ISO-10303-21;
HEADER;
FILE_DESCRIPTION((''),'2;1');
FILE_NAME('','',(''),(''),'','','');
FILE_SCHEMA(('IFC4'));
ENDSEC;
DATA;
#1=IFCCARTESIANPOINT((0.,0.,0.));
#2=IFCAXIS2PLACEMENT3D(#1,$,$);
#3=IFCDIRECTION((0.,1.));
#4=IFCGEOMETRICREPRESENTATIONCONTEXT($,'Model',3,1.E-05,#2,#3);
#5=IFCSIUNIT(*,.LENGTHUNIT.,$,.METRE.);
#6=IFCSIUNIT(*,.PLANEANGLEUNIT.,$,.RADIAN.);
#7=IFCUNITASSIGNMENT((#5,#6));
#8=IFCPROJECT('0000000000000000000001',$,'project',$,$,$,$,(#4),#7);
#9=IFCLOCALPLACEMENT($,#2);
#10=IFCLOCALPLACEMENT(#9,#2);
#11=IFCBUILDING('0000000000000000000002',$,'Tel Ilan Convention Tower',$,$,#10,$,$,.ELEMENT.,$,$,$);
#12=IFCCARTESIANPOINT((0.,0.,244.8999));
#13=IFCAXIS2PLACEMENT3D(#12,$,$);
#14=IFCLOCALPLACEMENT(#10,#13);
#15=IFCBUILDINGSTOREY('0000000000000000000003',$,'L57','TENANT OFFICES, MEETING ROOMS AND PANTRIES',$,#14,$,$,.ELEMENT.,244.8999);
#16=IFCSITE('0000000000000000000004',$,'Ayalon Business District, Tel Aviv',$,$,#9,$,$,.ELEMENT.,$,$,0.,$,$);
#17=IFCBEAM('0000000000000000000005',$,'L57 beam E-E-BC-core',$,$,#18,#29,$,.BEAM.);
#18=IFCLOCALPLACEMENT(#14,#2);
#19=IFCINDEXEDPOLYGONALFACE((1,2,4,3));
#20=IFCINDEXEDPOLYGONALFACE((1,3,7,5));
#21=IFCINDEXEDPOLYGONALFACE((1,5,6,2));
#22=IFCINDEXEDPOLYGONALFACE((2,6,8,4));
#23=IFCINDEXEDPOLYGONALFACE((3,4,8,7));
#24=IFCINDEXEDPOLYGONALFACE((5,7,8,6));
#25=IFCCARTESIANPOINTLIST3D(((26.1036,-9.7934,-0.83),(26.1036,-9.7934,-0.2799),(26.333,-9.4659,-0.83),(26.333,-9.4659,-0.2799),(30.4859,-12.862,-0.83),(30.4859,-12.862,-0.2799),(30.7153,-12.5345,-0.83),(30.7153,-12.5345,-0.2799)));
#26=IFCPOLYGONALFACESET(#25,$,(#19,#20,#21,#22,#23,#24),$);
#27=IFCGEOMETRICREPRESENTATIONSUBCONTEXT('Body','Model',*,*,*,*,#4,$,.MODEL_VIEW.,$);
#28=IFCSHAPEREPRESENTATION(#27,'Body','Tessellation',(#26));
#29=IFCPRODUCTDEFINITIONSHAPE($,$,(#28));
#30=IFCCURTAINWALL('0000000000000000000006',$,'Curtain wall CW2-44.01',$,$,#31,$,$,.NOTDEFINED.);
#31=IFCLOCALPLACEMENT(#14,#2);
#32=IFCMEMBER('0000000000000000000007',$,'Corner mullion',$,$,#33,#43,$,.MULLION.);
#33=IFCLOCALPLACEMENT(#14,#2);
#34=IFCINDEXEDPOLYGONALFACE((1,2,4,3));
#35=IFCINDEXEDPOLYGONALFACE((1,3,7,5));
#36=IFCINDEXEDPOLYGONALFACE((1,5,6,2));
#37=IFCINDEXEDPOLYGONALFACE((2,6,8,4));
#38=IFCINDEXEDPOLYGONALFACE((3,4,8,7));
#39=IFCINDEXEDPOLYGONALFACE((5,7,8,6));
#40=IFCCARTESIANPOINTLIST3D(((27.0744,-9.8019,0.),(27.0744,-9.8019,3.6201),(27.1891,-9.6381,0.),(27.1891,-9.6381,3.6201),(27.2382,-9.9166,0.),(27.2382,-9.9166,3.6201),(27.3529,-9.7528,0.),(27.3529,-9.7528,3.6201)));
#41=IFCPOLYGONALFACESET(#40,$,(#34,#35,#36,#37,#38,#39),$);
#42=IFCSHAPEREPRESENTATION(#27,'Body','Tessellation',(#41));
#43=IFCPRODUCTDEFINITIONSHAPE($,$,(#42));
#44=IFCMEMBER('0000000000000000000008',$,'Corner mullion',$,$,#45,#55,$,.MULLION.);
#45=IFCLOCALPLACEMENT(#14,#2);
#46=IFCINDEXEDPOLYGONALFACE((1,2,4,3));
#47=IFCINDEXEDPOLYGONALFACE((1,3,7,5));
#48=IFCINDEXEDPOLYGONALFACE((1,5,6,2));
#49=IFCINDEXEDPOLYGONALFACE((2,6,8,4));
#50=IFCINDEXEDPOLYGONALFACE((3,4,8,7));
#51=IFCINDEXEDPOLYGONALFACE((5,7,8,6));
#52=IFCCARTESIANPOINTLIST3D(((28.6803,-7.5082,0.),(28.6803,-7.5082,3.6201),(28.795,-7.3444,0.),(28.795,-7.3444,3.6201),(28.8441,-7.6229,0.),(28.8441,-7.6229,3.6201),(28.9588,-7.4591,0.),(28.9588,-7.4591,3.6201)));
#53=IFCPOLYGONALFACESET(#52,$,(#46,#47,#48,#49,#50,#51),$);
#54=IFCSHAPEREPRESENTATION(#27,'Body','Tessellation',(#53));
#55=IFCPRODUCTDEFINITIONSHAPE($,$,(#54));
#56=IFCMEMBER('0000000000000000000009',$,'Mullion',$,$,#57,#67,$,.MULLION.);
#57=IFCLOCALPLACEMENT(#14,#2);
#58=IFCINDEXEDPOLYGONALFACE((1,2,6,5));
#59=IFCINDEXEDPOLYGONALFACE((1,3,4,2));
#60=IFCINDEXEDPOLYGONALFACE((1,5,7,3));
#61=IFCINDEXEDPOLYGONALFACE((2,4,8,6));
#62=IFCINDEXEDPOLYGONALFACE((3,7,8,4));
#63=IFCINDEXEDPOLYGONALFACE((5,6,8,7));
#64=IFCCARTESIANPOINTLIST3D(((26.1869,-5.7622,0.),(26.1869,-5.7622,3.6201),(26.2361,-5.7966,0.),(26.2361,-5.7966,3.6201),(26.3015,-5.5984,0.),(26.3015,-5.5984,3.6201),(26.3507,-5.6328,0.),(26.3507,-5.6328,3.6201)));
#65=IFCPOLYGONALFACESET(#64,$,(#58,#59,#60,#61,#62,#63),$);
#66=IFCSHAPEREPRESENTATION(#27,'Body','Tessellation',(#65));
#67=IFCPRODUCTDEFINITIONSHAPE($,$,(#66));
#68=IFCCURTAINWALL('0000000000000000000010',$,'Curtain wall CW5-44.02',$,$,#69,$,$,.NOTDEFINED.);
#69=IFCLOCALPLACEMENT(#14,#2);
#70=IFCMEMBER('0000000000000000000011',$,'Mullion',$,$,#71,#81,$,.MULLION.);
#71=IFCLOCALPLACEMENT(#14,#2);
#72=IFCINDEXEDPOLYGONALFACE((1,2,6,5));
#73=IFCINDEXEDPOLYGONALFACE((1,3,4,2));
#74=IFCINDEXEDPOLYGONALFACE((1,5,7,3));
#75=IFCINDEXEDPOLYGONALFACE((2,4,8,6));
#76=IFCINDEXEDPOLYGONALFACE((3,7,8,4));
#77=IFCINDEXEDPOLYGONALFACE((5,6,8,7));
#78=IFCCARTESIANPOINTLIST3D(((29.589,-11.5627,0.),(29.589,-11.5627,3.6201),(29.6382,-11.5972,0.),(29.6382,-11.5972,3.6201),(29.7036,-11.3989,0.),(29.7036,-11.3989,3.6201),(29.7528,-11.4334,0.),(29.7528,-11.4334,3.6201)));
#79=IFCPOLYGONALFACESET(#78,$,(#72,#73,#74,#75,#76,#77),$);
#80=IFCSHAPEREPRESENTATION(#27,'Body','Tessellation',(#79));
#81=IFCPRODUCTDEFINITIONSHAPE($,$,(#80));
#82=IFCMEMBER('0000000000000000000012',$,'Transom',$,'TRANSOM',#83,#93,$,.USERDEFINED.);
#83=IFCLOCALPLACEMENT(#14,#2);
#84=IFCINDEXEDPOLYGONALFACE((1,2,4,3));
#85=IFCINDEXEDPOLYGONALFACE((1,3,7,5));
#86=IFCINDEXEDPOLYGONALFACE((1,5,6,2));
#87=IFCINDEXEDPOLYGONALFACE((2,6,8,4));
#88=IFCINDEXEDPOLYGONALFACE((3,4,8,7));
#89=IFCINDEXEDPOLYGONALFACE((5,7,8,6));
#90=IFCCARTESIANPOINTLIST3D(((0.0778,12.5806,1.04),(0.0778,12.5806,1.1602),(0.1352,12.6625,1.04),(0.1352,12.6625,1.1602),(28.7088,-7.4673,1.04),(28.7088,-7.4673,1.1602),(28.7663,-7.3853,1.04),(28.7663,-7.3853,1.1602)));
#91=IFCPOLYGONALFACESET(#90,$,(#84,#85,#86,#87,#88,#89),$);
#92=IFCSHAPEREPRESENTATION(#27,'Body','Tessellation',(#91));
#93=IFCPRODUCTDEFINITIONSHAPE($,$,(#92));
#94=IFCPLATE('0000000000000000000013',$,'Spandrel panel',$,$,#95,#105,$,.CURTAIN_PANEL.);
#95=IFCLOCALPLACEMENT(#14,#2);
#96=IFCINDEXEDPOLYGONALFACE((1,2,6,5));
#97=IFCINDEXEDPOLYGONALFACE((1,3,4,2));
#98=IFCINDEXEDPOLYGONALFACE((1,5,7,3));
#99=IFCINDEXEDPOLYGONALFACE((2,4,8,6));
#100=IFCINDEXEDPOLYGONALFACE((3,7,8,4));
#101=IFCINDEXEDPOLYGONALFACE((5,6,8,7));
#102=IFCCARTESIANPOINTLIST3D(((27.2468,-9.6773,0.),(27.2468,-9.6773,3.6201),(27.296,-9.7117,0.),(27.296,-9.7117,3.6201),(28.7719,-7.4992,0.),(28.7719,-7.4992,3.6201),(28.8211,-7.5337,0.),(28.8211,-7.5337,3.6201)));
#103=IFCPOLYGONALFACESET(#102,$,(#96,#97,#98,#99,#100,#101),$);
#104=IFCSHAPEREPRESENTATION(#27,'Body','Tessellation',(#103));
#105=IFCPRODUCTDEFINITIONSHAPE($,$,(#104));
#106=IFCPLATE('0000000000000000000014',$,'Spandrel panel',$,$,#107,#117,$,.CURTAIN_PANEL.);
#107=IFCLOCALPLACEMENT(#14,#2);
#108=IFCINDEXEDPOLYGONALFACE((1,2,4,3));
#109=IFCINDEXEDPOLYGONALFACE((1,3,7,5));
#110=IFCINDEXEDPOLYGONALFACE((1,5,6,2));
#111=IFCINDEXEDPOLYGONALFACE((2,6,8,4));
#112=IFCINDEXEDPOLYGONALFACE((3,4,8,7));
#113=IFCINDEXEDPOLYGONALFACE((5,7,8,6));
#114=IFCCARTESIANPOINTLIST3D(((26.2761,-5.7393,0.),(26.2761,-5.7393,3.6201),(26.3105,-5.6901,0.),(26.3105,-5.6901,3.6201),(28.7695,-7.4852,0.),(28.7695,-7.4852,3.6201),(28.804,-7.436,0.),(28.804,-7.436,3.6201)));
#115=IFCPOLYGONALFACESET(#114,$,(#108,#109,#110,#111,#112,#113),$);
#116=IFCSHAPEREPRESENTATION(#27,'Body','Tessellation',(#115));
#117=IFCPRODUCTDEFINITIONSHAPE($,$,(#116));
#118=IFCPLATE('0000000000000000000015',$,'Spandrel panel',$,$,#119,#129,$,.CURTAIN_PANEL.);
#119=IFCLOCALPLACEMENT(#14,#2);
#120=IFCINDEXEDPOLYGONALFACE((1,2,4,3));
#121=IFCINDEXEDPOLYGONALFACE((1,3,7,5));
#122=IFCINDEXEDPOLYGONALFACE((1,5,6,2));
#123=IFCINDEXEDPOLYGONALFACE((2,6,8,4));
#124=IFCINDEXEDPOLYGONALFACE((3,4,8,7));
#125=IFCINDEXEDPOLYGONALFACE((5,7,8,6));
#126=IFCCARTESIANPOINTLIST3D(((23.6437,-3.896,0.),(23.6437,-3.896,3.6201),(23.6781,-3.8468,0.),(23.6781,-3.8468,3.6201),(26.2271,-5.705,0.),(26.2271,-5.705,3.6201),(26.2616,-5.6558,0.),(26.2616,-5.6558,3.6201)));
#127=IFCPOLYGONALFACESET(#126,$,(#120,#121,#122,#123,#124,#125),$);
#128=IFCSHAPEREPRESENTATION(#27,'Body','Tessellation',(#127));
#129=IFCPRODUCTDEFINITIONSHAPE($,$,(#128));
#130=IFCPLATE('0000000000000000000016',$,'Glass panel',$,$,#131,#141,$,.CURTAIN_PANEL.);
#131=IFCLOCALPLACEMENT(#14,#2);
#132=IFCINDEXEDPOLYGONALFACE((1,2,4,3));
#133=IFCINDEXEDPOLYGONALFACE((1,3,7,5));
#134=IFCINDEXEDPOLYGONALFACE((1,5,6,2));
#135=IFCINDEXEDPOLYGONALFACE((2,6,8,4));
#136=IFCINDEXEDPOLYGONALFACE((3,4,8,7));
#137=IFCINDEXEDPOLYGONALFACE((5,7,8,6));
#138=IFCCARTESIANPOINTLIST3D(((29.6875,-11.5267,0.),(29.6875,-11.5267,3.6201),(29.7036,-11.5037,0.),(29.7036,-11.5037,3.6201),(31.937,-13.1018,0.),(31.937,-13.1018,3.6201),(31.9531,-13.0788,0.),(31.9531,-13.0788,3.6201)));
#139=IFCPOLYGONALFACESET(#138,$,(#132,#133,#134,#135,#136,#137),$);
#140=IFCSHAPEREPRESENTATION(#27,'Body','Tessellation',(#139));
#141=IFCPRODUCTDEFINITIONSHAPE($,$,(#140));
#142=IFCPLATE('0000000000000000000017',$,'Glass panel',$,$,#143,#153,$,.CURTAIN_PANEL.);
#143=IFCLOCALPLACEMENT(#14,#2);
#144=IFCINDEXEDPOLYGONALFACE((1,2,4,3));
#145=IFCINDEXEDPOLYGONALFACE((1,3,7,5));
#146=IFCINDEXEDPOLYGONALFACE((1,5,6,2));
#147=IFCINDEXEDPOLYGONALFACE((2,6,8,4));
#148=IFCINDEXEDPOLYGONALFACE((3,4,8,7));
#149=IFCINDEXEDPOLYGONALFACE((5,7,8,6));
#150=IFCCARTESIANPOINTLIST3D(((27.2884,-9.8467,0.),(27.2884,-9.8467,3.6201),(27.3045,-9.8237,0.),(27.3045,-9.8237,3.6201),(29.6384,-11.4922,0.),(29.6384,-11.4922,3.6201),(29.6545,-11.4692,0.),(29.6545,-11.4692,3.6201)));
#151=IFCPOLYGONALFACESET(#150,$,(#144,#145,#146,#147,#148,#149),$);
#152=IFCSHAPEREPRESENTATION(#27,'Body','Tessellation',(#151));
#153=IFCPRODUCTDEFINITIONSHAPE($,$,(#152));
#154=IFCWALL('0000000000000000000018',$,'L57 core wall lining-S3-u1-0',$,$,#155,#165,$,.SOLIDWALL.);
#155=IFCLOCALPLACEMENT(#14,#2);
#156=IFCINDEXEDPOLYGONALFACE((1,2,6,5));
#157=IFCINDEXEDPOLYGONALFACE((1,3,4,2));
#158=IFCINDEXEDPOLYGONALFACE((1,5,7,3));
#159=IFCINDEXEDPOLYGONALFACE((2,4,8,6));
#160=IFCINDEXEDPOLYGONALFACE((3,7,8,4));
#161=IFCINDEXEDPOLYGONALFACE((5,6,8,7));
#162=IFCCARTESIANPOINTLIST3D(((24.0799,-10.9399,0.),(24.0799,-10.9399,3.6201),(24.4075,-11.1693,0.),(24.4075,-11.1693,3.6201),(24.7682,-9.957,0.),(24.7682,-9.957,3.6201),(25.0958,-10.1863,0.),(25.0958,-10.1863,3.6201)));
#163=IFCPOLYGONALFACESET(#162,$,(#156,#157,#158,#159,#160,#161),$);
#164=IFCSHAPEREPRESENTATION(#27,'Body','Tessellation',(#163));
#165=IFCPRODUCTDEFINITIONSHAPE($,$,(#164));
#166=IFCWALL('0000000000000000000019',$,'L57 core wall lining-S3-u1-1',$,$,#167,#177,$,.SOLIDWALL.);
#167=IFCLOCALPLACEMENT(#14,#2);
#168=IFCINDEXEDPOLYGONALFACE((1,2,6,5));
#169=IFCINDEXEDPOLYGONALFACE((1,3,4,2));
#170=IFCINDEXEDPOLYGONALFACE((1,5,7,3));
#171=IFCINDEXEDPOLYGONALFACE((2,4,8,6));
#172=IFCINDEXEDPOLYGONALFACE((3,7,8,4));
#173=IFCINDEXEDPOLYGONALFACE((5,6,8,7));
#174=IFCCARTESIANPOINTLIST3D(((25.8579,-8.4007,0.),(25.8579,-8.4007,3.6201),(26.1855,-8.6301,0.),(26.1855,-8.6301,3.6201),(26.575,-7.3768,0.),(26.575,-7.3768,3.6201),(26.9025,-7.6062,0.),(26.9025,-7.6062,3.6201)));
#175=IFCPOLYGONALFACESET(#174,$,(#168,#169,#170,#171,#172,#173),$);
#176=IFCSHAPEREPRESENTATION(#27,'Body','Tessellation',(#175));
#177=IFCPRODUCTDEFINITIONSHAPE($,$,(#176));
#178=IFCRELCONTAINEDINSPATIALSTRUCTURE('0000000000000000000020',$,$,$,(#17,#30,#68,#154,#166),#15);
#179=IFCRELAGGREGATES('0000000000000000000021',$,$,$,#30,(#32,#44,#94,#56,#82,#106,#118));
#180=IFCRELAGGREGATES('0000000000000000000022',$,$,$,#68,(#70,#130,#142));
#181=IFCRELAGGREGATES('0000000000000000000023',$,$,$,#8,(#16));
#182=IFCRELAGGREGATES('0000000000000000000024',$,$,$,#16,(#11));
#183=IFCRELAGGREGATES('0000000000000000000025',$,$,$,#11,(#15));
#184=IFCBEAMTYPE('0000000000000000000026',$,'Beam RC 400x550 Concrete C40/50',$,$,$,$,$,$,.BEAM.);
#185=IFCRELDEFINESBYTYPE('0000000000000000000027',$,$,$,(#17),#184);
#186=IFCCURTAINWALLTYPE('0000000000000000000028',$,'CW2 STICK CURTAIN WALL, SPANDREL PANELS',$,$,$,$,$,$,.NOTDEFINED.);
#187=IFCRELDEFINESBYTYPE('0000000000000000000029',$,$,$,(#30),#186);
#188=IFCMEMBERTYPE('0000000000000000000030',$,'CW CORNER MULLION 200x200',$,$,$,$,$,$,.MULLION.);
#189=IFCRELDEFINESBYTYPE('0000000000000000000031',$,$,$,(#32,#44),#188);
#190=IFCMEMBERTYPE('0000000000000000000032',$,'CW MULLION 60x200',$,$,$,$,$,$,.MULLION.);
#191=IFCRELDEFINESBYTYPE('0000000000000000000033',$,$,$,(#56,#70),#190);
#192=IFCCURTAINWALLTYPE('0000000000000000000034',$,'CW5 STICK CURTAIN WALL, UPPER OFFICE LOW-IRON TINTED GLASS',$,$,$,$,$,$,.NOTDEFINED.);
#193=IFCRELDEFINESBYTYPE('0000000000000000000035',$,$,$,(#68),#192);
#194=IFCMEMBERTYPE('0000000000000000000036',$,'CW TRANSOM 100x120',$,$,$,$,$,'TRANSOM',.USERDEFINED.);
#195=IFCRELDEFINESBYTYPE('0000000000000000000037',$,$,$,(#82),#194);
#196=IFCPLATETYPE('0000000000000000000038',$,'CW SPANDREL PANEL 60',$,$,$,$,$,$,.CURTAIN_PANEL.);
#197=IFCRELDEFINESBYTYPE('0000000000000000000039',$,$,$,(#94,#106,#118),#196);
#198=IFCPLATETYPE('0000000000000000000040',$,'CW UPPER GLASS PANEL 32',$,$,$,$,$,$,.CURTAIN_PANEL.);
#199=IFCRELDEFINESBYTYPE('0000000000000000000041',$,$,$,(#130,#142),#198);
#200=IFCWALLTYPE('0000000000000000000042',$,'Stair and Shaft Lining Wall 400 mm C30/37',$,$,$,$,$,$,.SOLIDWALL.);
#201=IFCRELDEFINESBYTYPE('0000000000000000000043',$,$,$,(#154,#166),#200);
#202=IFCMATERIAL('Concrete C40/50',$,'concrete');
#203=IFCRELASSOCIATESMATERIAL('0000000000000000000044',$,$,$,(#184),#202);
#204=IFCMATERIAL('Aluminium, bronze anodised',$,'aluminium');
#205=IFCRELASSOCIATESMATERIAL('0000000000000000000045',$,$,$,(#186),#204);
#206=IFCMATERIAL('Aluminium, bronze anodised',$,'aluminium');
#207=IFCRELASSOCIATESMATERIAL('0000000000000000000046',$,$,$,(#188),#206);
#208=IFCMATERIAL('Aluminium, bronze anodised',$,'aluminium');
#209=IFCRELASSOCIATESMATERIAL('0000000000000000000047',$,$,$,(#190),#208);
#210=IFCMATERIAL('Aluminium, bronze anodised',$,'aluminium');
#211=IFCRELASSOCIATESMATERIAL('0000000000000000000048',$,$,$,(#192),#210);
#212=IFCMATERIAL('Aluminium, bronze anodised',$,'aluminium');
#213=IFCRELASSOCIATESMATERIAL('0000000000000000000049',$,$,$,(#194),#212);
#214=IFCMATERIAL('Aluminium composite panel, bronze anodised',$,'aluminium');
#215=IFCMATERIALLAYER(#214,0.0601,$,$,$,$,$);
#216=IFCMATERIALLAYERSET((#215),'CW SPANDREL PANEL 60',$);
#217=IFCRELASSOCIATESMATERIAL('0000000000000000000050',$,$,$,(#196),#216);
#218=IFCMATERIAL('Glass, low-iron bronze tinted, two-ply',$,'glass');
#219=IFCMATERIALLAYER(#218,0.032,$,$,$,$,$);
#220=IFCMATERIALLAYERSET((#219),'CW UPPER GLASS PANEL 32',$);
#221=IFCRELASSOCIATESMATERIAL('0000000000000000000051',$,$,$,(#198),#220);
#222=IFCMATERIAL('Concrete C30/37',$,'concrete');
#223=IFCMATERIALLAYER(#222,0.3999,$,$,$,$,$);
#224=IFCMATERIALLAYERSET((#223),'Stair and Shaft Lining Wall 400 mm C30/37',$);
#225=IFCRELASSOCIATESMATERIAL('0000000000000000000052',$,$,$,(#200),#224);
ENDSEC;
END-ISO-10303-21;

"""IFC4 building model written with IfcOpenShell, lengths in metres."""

from ifc_helpers import new_model, si_unit, direction, frame, frame_2d, origin, origin_2d, place, context, subcontext, project, spatial, rectangle, extrude, material, layer, layer_set, material_profile, profile_set, type_object, element, aggregate, save


model = new_model("IFC4")

# Units and contexts
model_context = context("Model", 3, precision=1e-05, world=origin(), true_north=direction((0.0, 1.0)))
body_context = subcontext(model_context, "Body", "Model", "MODEL_VIEW")
ifc_project = project(units=[si_unit("LENGTHUNIT", "METRE"), si_unit("PLANEANGLEUNIT", "RADIAN")], contexts=[model_context])

# Site, building, storey
site_placement = place(None, origin())
site = spatial("IfcSite", under=ifc_project, at=site_placement, Name="Ayalon Business District, Tel Aviv", CompositionType="ELEMENT", RefElevation=0.0)
building_placement = place(site_placement, origin())
building = spatial("IfcBuilding", under=site, at=building_placement, Name="Tel Ilan Convention Tower", CompositionType="ELEMENT")
storey_placement = place(building_placement, frame((0.0, 0.0, 244.8999)))
storey = spatial("IfcBuildingStorey", under=building, at=storey_placement, Name="L57", Description="TENANT OFFICES, MEETING ROOMS AND PANTRIES", CompositionType="ELEMENT", Elevation=244.8999)

# Beam
ifc_material_1 = material(Name="Concrete C40/50", Category="concrete")
ifc_material_profile_1 = material_profile(ifc_material_1, rectangle(XDim=0.3999, YDim=0.55, at=origin_2d()), Name="RC 400x550")
ifc_profile_set_1 = profile_set([ifc_material_profile_1], Name="Concrete C40/50")
beam_type = type_object("IfcBeamType", Name="Beam RC 400x550 Concrete C40/50", PredefinedType="BEAM", material=ifc_profile_set_1)
beam_placement = place(storey_placement, frame((30.6006, -12.6982, -0.5549), z_axis=(-0.819146, 0.573585, 0.0), x_axis=(-0.573585, -0.819146, 0.0)))
element("IfcBeam", 1, at=beam_placement, inside=storey, type_object=beam_type, Name="L57 beam E-E-BC-core", PredefinedType="BEAM", context=body_context, shape_type="SweptSolid", body=[
    extrude(rectangle(XDim=0.3999, YDim=0.55, at=origin_2d()), origin(), (0.0, 0.0, 1.0), 5.3499),
])

# Curtain wall, members
ifc_material_2 = material(Name="Aluminium, bronze anodised", Category="aluminium")
curtain_wall_type_1 = type_object("IfcCurtainWallType", Name="CW2 STICK CURTAIN WALL, SPANDREL PANELS", PredefinedType="NOTDEFINED", material=ifc_material_2)
curtain_wall_1_placement = place(storey_placement, origin())
curtain_wall_1 = element("IfcCurtainWall", 2, at=curtain_wall_1_placement, inside=storey, type_object=curtain_wall_type_1, Name="Curtain wall CW2-44.01", PredefinedType="NOTDEFINED")
ifc_material_3 = material(Name="Aluminium, bronze anodised", Category="aluminium")
ifc_material_profile_2 = material_profile(ifc_material_3, rectangle(XDim=0.2, YDim=0.2, at=origin_2d()), Name="CW CORNER MULLION 200x200")
ifc_profile_set_2 = profile_set([ifc_material_profile_2], Name="Aluminium, bronze anodised")
member_type_1 = type_object("IfcMemberType", Name="CW CORNER MULLION 200x200", PredefinedType="MULLION", material=ifc_profile_set_2)
member_1_placement = place(storey_placement, frame((27.2136, -9.7773, 0.0), z_axis=(0.0, 0.0, 1.0), x_axis=(-0.819152, 0.573576, 0.0)))
member_1 = element("IfcMember", 3, at=member_1_placement, type_object=member_type_1, Name="Corner mullion", PredefinedType="MULLION", context=body_context, shape_type="SweptSolid", body=[
    extrude(rectangle(XDim=0.2, YDim=0.2, at=origin_2d()), origin(), (0.0, 0.0, 1.0), 3.6201),
])
member_2_placement = place(storey_placement, frame((28.8196, -7.4836, 0.0), z_axis=(0.0, 0.0, 1.0), x_axis=(0.573576, 0.819152, 0.0)))
member_2 = element("IfcMember", 4, at=member_2_placement, type_object=member_type_1, Name="Corner mullion", PredefinedType="MULLION", context=body_context, shape_type="SweptSolid", body=[
    extrude(rectangle(XDim=0.2, YDim=0.2, at=origin_2d()), origin(), (0.0, 0.0, 1.0), 3.6201),
])
ifc_material_4 = material(Name="Aluminium, bronze anodised", Category="aluminium")
ifc_material_profile_3 = material_profile(ifc_material_4, rectangle(XDim=0.0601, YDim=0.2, at=origin_2d()), Name="CW MULLION 60x200")
ifc_profile_set_3 = profile_set([ifc_material_profile_3], Name="Aluminium, bronze anodised")
member_type_2 = type_object("IfcMemberType", Name="CW MULLION 60x200", PredefinedType="MULLION", material=ifc_profile_set_3)
member_3_placement = place(storey_placement, frame((26.2688, -5.6975, 0.0), z_axis=(0.0, 0.0, 1.0), x_axis=(-0.819152, 0.573576, 0.0)))
member_3 = element("IfcMember", 5, at=member_3_placement, type_object=member_type_2, Name="Mullion", PredefinedType="MULLION", context=body_context, shape_type="SweptSolid", body=[
    extrude(rectangle(XDim=0.0601, YDim=0.2, at=origin_2d()), origin(), (0.0, 0.0, 1.0), 3.6201),
])

# Curtain wall, member
ifc_material_5 = material(Name="Aluminium, bronze anodised", Category="aluminium")
curtain_wall_type_2 = type_object("IfcCurtainWallType", Name="CW5 STICK CURTAIN WALL, UPPER OFFICE LOW-IRON TINTED GLASS", PredefinedType="NOTDEFINED", material=ifc_material_5)
curtain_wall_2_placement = place(storey_placement, origin())
curtain_wall_2 = element("IfcCurtainWall", 6, at=curtain_wall_2_placement, inside=storey, type_object=curtain_wall_type_2, Name="Curtain wall CW5-44.02", PredefinedType="NOTDEFINED")
member_4_placement = place(storey_placement, frame((29.6709, -11.498, 0.0), z_axis=(0.0, 0.0, 1.0), x_axis=(-0.819152, 0.573576, 0.0)))
member_4 = element("IfcMember", 7, at=member_4_placement, type_object=member_type_2, Name="Mullion", PredefinedType="MULLION", context=body_context, shape_type="SweptSolid", body=[
    extrude(rectangle(XDim=0.0601, YDim=0.2, at=origin_2d()), origin(), (0.0, 0.0, 1.0), 3.6201),
])

# Member
ifc_material_6 = material(Name="Aluminium, bronze anodised", Category="aluminium")
ifc_material_profile_4 = material_profile(ifc_material_6, rectangle(XDim=0.1001, YDim=0.1201, at=origin_2d()), Name="CW TRANSOM 100x120")
ifc_profile_set_4 = profile_set([ifc_material_profile_4], Name="Aluminium, bronze anodised")
member_type_3 = type_object("IfcMemberType", Name="CW TRANSOM 100x120", ElementType="TRANSOM", PredefinedType="USERDEFINED", material=ifc_profile_set_4)
member_5_placement = place(storey_placement, frame((28.7375, -7.4263, 1.1001), z_axis=(-0.81915, 0.573579, 0.0), x_axis=(-0.573579, -0.81915, 0.0)))
member_5 = element("IfcMember", 8, at=member_5_placement, type_object=member_type_3, Name="Transom", ObjectType="TRANSOM", PredefinedType="USERDEFINED", context=body_context, shape_type="SweptSolid", body=[
    extrude(rectangle(XDim=0.1001, YDim=0.1201, at=origin_2d()), origin(), (0.0, 0.0, 1.0), 34.9521),
])

# Plates
ifc_material_7 = material(Name="Aluminium composite panel, bronze anodised", Category="aluminium")
ifc_layer_1 = layer(ifc_material_7, 0.0601)
ifc_layer_set_1 = layer_set([ifc_layer_1], Name="CW SPANDREL PANEL 60")
plate_type_1 = type_object("IfcPlateType", Name="CW SPANDREL PANEL 60", PredefinedType="CURTAIN_PANEL", material=ifc_layer_set_1)
plate_1_placement = place(storey_placement, frame((28.0339, -8.6055, 0.0), z_axis=(0.0, 0.0, 1.0), x_axis=(0.573576, 0.819152, 0.0)))
plate_1 = element("IfcPlate", 9, at=plate_1_placement, type_object=plate_type_1, Name="Spandrel panel", PredefinedType="CURTAIN_PANEL", context=body_context, shape_type="SweptSolid", body=[
    extrude(rectangle(XDim=2.6589, YDim=0.0601, at=origin_2d()), origin(), (0.0, 0.0, 1.0), 3.6201),
])
plate_2_placement = place(storey_placement, frame((27.54, -6.5876, 0.0), z_axis=(0.0, 0.0, 1.0), x_axis=(-0.819152, 0.573576, 0.0)))
plate_2 = element("IfcPlate", 10, at=plate_2_placement, type_object=plate_type_1, Name="Spandrel panel", PredefinedType="CURTAIN_PANEL", context=body_context, shape_type="SweptSolid", body=[
    extrude(rectangle(XDim=3.0439, YDim=0.0601, at=origin_2d()), origin(), (0.0, 0.0, 1.0), 3.6201),
])
plate_3_placement = place(storey_placement, frame((24.9526, -4.7759, 0.0), z_axis=(0.0, 0.0, 1.0), x_axis=(-0.819152, 0.573576, 0.0)))
plate_3 = element("IfcPlate", 11, at=plate_3_placement, type_object=plate_type_1, Name="Spandrel panel", PredefinedType="CURTAIN_PANEL", context=body_context, shape_type="SweptSolid", body=[
    extrude(rectangle(XDim=3.1538, YDim=0.0601, at=origin_2d()), origin(), (0.0, 0.0, 1.0), 3.6201),
])
aggregate(curtain_wall_1, [member_1, member_2, plate_1, member_3, member_5, plate_2, plate_3])
ifc_material_8 = material(Name="Glass, low-iron bronze tinted, two-ply", Category="glass")
ifc_layer_2 = layer(ifc_material_8, 0.032)
ifc_layer_set_2 = layer_set([ifc_layer_2], Name="CW UPPER GLASS PANEL 32")
plate_type_2 = type_object("IfcPlateType", Name="CW UPPER GLASS PANEL 32", PredefinedType="CURTAIN_PANEL", material=ifc_layer_set_2)
plate_4_placement = place(storey_placement, frame((30.8203, -12.3027, 0.0), z_axis=(0.0, 0.0, 1.0), x_axis=(-0.819152, 0.573576, 0.0)))
plate_4 = element("IfcPlate", 12, at=plate_4_placement, type_object=plate_type_2, Name="Glass panel", PredefinedType="CURTAIN_PANEL", context=body_context, shape_type="SweptSolid", body=[
    extrude(rectangle(XDim=2.7461, YDim=0.0281, at=origin_2d()), origin(), (0.0, 0.0, 1.0), 3.6201),
])
plate_5_placement = place(storey_placement, frame((28.4714, -10.658, 0.0), z_axis=(0.0, 0.0, 1.0), x_axis=(-0.819152, 0.573576, 0.0)))
plate_5 = element("IfcPlate", 13, at=plate_5_placement, type_object=plate_type_2, Name="Glass panel", PredefinedType="CURTAIN_PANEL", context=body_context, shape_type="SweptSolid", body=[
    extrude(rectangle(XDim=2.8689, YDim=0.0281, at=origin_2d()), origin(), (0.0, 0.0, 1.0), 3.6201),
])
aggregate(curtain_wall_2, [member_4, plate_4, plate_5])

# Walls
ifc_material_9 = material(Name="Concrete C30/37", Category="concrete")
ifc_layer_3 = layer(ifc_material_9, 0.3999)
ifc_layer_set_3 = layer_set([ifc_layer_3], Name="Stair and Shaft Lining Wall 400 mm C30/37")
wall_type = type_object("IfcWallType", Name="Stair and Shaft Lining Wall 400 mm C30/37", PredefinedType="SOLIDWALL", material=ifc_layer_set_3)
wall_1_placement = place(storey_placement, frame((24.2437, -11.0547, 0.0), z_axis=(0.0, 0.0, 1.0), x_axis=(0.573572, 0.819155, 0.0)))
element("IfcWall", 14, at=wall_1_placement, inside=storey, type_object=wall_type, Name="L57 core wall lining-S3-u1-0", PredefinedType="SOLIDWALL", context=body_context, shape_type="SweptSolid", body=[
    extrude(rectangle(XDim=1.2, YDim=0.3999, at=frame_2d((0.6001, 0.0))), origin(), (0.0, 0.0, 1.0), 3.6201),
])
wall_2_placement = place(storey_placement, frame((26.0217, -8.5154, 0.0), z_axis=(0.0, 0.0, 1.0), x_axis=(0.57362, 0.819122, 0.0)))
element("IfcWall", 15, at=wall_2_placement, inside=storey, type_object=wall_type, Name="L57 core wall lining-S3-u1-1", PredefinedType="SOLIDWALL", context=body_context, shape_type="SweptSolid", body=[
    extrude(rectangle(XDim=1.25, YDim=0.3999, at=frame_2d((0.625, 0.0))), origin(), (0.0, 0.0, 1.0), 3.6201),
])

save(model, "model.ifc")
